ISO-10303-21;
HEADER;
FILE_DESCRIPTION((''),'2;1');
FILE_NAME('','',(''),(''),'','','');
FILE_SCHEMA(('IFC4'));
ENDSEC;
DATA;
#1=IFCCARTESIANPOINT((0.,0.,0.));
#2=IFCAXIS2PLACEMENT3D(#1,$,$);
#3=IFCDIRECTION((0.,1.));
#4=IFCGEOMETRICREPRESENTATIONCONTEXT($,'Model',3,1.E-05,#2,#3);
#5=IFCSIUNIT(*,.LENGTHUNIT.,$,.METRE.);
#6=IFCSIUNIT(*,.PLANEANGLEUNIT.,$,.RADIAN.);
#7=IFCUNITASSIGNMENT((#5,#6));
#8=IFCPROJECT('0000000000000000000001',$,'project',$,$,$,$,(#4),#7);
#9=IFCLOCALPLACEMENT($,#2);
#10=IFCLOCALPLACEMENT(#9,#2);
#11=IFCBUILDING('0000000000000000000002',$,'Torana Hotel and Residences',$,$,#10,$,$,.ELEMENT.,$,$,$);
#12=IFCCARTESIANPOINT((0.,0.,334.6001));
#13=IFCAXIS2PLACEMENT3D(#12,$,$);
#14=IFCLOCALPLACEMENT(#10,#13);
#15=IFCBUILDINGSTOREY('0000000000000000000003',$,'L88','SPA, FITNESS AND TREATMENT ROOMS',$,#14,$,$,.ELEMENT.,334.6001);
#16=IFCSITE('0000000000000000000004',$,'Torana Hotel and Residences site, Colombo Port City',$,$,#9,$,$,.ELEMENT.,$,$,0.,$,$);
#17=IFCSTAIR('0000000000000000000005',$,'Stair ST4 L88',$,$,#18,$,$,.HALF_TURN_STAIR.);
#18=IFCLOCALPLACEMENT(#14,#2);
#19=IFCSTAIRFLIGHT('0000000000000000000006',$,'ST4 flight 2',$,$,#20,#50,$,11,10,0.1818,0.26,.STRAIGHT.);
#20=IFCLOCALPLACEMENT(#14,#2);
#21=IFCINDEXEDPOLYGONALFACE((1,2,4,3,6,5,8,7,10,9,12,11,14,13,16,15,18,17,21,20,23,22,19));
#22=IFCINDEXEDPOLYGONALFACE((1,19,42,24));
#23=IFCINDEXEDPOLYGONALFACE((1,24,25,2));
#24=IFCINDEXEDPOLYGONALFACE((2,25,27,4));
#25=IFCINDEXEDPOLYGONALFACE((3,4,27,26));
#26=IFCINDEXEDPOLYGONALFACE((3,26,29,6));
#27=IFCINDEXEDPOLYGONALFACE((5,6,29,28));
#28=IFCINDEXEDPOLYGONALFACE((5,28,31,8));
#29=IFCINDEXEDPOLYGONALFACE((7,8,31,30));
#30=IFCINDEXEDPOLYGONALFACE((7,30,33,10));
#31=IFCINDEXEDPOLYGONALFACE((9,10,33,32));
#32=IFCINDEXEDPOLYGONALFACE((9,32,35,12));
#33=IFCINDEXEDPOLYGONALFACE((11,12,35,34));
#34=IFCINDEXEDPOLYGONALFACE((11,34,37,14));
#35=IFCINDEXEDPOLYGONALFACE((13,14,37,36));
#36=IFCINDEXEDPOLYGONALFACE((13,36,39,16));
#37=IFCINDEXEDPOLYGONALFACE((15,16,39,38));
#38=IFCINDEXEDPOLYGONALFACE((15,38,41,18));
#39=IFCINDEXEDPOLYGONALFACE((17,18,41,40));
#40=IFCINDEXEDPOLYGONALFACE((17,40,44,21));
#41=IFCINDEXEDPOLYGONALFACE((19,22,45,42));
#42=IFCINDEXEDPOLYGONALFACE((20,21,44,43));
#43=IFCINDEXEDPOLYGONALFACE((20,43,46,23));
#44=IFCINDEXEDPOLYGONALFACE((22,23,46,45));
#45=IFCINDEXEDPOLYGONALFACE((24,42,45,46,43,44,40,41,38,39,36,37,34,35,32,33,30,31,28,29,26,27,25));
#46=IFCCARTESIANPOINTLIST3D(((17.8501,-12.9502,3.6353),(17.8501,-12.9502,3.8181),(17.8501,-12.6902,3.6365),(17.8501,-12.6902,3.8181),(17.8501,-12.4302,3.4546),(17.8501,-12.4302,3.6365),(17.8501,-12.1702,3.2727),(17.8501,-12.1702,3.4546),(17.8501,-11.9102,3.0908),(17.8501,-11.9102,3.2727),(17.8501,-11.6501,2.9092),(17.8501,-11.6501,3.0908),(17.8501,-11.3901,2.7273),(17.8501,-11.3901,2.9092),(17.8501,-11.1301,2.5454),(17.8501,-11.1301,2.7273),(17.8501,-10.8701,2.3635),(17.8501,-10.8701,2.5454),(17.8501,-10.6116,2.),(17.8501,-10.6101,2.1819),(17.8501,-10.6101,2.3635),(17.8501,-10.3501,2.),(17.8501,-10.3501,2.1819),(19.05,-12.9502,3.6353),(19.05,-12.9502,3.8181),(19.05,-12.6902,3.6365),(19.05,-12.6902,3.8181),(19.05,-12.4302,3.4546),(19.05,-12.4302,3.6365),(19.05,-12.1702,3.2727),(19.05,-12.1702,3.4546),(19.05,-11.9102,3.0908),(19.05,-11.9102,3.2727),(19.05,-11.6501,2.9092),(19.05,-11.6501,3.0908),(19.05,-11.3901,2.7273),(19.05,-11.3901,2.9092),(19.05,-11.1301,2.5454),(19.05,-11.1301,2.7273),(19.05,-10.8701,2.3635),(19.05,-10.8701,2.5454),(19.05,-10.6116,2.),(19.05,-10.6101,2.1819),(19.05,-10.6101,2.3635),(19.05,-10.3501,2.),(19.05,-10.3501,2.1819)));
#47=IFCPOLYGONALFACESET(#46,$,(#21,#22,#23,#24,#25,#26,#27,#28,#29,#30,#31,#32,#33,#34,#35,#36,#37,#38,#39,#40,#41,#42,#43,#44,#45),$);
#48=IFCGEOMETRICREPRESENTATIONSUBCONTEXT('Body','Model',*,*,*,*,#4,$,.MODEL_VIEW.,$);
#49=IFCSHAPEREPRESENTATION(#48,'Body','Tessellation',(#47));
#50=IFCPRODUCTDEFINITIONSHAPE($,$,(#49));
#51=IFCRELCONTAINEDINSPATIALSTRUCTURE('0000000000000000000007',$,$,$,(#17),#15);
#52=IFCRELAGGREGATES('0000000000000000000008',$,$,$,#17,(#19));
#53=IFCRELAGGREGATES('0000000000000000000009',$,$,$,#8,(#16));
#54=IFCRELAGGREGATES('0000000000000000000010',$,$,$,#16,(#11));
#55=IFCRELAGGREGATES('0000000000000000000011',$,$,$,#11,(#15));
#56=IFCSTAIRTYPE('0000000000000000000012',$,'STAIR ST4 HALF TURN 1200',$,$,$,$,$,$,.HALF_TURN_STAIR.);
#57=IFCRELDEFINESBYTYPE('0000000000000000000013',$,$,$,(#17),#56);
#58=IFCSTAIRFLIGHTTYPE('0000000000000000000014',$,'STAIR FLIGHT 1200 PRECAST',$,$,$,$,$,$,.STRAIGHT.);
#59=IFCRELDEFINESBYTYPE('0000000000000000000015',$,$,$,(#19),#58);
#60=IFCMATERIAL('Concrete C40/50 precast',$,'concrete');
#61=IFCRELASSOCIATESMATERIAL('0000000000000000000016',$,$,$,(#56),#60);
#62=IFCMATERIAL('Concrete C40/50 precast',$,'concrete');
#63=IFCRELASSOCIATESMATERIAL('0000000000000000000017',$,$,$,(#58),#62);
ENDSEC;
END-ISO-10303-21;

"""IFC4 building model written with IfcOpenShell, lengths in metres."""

from ifc_helpers import new_model, si_unit, direction, frame, origin, place, context, subcontext, project, spatial, polyline, outline, extrude, material, type_object, element, aggregate, save


model = new_model("IFC4")

# Units and contexts
model_context = context("Model", 3, precision=1e-05, world=origin(), true_north=direction((0.0, 1.0)))
body_context = subcontext(model_context, "Body", "Model", "MODEL_VIEW")
ifc_project = project(units=[si_unit("LENGTHUNIT", "METRE"), si_unit("PLANEANGLEUNIT", "RADIAN")], contexts=[model_context])

# Site, building, storey
site_placement = place(None, origin())
site = spatial("IfcSite", under=ifc_project, at=site_placement, Name="Torana Hotel and Residences site, Colombo Port City", CompositionType="ELEMENT", RefElevation=0.0)
building_placement = place(site_placement, origin())
building = spatial("IfcBuilding", under=site, at=building_placement, Name="Torana Hotel and Residences", CompositionType="ELEMENT")
storey_placement = place(building_placement, frame((0.0, 0.0, 334.6001)))
storey = spatial("IfcBuildingStorey", under=building, at=storey_placement, Name="L88", Description="SPA, FITNESS AND TREATMENT ROOMS", CompositionType="ELEMENT", Elevation=334.6001)

# Stair, stair flight
ifc_material_1 = material(Name="Concrete C40/50 precast", Category="concrete")
stair_type = type_object("IfcStairType", Name="STAIR ST4 HALF TURN 1200", PredefinedType="HALF_TURN_STAIR", material=ifc_material_1)
stair_placement = place(storey_placement, origin())
stair = element("IfcStair", 1, at=stair_placement, inside=storey, type_object=stair_type, Name="Stair ST4 L88", PredefinedType="HALF_TURN_STAIR")
ifc_material_2 = material(Name="Concrete C40/50 precast", Category="concrete")
stair_flight_type = type_object("IfcStairFlightType", Name="STAIR FLIGHT 1200 PRECAST", PredefinedType="STRAIGHT", material=ifc_material_2)
stair_flight_placement = place(storey_placement, frame((18.45, -10.3501, 2.0), z_axis=(0.0, 0.0, 1.0), x_axis=(0.0, -1.0, 0.0)))
stair_flight = element("IfcStairFlight", 2, at=stair_flight_placement, type_object=stair_flight_type, Name="ST4 flight 2", NumberOfRisers=11, NumberOfTreads=10, PredefinedType="STRAIGHT", RiserHeight=0.1818, TreadLength=0.26, context=body_context, shape_type="SweptSolid", body=[
    extrude(outline(polyline([(0.0, 0.0), (0.0, 0.1819), (0.26, 0.1819), (0.26, 0.3635), (0.52, 0.3635), (0.52, 0.5454), (0.78, 0.5454), (0.78, 0.7273), (1.04, 0.7273), (1.04, 0.9092), (1.3, 0.9092), (1.3, 1.0908), (1.5601, 1.0908), (1.5601, 1.2727), (1.8201, 1.2727), (1.8201, 1.4546), (2.0801, 1.4546), (2.0801, 1.6365), (2.3401, 1.6365), (2.3401, 1.8181), (2.6001, 1.8181), (2.6001, 2.0), (2.6001, 1.6353), (0.2615, 0.0), (0.0, 0.0)])), frame((0.0, 0.6001, 0.0), z_axis=(0.0, -1.0, 0.0), x_axis=(1.0, 0.0, 0.0)), (0.0, 0.0, 1.0), 1.2),
])
aggregate(stair, [stair_flight])

save(model, "model.ifc")
